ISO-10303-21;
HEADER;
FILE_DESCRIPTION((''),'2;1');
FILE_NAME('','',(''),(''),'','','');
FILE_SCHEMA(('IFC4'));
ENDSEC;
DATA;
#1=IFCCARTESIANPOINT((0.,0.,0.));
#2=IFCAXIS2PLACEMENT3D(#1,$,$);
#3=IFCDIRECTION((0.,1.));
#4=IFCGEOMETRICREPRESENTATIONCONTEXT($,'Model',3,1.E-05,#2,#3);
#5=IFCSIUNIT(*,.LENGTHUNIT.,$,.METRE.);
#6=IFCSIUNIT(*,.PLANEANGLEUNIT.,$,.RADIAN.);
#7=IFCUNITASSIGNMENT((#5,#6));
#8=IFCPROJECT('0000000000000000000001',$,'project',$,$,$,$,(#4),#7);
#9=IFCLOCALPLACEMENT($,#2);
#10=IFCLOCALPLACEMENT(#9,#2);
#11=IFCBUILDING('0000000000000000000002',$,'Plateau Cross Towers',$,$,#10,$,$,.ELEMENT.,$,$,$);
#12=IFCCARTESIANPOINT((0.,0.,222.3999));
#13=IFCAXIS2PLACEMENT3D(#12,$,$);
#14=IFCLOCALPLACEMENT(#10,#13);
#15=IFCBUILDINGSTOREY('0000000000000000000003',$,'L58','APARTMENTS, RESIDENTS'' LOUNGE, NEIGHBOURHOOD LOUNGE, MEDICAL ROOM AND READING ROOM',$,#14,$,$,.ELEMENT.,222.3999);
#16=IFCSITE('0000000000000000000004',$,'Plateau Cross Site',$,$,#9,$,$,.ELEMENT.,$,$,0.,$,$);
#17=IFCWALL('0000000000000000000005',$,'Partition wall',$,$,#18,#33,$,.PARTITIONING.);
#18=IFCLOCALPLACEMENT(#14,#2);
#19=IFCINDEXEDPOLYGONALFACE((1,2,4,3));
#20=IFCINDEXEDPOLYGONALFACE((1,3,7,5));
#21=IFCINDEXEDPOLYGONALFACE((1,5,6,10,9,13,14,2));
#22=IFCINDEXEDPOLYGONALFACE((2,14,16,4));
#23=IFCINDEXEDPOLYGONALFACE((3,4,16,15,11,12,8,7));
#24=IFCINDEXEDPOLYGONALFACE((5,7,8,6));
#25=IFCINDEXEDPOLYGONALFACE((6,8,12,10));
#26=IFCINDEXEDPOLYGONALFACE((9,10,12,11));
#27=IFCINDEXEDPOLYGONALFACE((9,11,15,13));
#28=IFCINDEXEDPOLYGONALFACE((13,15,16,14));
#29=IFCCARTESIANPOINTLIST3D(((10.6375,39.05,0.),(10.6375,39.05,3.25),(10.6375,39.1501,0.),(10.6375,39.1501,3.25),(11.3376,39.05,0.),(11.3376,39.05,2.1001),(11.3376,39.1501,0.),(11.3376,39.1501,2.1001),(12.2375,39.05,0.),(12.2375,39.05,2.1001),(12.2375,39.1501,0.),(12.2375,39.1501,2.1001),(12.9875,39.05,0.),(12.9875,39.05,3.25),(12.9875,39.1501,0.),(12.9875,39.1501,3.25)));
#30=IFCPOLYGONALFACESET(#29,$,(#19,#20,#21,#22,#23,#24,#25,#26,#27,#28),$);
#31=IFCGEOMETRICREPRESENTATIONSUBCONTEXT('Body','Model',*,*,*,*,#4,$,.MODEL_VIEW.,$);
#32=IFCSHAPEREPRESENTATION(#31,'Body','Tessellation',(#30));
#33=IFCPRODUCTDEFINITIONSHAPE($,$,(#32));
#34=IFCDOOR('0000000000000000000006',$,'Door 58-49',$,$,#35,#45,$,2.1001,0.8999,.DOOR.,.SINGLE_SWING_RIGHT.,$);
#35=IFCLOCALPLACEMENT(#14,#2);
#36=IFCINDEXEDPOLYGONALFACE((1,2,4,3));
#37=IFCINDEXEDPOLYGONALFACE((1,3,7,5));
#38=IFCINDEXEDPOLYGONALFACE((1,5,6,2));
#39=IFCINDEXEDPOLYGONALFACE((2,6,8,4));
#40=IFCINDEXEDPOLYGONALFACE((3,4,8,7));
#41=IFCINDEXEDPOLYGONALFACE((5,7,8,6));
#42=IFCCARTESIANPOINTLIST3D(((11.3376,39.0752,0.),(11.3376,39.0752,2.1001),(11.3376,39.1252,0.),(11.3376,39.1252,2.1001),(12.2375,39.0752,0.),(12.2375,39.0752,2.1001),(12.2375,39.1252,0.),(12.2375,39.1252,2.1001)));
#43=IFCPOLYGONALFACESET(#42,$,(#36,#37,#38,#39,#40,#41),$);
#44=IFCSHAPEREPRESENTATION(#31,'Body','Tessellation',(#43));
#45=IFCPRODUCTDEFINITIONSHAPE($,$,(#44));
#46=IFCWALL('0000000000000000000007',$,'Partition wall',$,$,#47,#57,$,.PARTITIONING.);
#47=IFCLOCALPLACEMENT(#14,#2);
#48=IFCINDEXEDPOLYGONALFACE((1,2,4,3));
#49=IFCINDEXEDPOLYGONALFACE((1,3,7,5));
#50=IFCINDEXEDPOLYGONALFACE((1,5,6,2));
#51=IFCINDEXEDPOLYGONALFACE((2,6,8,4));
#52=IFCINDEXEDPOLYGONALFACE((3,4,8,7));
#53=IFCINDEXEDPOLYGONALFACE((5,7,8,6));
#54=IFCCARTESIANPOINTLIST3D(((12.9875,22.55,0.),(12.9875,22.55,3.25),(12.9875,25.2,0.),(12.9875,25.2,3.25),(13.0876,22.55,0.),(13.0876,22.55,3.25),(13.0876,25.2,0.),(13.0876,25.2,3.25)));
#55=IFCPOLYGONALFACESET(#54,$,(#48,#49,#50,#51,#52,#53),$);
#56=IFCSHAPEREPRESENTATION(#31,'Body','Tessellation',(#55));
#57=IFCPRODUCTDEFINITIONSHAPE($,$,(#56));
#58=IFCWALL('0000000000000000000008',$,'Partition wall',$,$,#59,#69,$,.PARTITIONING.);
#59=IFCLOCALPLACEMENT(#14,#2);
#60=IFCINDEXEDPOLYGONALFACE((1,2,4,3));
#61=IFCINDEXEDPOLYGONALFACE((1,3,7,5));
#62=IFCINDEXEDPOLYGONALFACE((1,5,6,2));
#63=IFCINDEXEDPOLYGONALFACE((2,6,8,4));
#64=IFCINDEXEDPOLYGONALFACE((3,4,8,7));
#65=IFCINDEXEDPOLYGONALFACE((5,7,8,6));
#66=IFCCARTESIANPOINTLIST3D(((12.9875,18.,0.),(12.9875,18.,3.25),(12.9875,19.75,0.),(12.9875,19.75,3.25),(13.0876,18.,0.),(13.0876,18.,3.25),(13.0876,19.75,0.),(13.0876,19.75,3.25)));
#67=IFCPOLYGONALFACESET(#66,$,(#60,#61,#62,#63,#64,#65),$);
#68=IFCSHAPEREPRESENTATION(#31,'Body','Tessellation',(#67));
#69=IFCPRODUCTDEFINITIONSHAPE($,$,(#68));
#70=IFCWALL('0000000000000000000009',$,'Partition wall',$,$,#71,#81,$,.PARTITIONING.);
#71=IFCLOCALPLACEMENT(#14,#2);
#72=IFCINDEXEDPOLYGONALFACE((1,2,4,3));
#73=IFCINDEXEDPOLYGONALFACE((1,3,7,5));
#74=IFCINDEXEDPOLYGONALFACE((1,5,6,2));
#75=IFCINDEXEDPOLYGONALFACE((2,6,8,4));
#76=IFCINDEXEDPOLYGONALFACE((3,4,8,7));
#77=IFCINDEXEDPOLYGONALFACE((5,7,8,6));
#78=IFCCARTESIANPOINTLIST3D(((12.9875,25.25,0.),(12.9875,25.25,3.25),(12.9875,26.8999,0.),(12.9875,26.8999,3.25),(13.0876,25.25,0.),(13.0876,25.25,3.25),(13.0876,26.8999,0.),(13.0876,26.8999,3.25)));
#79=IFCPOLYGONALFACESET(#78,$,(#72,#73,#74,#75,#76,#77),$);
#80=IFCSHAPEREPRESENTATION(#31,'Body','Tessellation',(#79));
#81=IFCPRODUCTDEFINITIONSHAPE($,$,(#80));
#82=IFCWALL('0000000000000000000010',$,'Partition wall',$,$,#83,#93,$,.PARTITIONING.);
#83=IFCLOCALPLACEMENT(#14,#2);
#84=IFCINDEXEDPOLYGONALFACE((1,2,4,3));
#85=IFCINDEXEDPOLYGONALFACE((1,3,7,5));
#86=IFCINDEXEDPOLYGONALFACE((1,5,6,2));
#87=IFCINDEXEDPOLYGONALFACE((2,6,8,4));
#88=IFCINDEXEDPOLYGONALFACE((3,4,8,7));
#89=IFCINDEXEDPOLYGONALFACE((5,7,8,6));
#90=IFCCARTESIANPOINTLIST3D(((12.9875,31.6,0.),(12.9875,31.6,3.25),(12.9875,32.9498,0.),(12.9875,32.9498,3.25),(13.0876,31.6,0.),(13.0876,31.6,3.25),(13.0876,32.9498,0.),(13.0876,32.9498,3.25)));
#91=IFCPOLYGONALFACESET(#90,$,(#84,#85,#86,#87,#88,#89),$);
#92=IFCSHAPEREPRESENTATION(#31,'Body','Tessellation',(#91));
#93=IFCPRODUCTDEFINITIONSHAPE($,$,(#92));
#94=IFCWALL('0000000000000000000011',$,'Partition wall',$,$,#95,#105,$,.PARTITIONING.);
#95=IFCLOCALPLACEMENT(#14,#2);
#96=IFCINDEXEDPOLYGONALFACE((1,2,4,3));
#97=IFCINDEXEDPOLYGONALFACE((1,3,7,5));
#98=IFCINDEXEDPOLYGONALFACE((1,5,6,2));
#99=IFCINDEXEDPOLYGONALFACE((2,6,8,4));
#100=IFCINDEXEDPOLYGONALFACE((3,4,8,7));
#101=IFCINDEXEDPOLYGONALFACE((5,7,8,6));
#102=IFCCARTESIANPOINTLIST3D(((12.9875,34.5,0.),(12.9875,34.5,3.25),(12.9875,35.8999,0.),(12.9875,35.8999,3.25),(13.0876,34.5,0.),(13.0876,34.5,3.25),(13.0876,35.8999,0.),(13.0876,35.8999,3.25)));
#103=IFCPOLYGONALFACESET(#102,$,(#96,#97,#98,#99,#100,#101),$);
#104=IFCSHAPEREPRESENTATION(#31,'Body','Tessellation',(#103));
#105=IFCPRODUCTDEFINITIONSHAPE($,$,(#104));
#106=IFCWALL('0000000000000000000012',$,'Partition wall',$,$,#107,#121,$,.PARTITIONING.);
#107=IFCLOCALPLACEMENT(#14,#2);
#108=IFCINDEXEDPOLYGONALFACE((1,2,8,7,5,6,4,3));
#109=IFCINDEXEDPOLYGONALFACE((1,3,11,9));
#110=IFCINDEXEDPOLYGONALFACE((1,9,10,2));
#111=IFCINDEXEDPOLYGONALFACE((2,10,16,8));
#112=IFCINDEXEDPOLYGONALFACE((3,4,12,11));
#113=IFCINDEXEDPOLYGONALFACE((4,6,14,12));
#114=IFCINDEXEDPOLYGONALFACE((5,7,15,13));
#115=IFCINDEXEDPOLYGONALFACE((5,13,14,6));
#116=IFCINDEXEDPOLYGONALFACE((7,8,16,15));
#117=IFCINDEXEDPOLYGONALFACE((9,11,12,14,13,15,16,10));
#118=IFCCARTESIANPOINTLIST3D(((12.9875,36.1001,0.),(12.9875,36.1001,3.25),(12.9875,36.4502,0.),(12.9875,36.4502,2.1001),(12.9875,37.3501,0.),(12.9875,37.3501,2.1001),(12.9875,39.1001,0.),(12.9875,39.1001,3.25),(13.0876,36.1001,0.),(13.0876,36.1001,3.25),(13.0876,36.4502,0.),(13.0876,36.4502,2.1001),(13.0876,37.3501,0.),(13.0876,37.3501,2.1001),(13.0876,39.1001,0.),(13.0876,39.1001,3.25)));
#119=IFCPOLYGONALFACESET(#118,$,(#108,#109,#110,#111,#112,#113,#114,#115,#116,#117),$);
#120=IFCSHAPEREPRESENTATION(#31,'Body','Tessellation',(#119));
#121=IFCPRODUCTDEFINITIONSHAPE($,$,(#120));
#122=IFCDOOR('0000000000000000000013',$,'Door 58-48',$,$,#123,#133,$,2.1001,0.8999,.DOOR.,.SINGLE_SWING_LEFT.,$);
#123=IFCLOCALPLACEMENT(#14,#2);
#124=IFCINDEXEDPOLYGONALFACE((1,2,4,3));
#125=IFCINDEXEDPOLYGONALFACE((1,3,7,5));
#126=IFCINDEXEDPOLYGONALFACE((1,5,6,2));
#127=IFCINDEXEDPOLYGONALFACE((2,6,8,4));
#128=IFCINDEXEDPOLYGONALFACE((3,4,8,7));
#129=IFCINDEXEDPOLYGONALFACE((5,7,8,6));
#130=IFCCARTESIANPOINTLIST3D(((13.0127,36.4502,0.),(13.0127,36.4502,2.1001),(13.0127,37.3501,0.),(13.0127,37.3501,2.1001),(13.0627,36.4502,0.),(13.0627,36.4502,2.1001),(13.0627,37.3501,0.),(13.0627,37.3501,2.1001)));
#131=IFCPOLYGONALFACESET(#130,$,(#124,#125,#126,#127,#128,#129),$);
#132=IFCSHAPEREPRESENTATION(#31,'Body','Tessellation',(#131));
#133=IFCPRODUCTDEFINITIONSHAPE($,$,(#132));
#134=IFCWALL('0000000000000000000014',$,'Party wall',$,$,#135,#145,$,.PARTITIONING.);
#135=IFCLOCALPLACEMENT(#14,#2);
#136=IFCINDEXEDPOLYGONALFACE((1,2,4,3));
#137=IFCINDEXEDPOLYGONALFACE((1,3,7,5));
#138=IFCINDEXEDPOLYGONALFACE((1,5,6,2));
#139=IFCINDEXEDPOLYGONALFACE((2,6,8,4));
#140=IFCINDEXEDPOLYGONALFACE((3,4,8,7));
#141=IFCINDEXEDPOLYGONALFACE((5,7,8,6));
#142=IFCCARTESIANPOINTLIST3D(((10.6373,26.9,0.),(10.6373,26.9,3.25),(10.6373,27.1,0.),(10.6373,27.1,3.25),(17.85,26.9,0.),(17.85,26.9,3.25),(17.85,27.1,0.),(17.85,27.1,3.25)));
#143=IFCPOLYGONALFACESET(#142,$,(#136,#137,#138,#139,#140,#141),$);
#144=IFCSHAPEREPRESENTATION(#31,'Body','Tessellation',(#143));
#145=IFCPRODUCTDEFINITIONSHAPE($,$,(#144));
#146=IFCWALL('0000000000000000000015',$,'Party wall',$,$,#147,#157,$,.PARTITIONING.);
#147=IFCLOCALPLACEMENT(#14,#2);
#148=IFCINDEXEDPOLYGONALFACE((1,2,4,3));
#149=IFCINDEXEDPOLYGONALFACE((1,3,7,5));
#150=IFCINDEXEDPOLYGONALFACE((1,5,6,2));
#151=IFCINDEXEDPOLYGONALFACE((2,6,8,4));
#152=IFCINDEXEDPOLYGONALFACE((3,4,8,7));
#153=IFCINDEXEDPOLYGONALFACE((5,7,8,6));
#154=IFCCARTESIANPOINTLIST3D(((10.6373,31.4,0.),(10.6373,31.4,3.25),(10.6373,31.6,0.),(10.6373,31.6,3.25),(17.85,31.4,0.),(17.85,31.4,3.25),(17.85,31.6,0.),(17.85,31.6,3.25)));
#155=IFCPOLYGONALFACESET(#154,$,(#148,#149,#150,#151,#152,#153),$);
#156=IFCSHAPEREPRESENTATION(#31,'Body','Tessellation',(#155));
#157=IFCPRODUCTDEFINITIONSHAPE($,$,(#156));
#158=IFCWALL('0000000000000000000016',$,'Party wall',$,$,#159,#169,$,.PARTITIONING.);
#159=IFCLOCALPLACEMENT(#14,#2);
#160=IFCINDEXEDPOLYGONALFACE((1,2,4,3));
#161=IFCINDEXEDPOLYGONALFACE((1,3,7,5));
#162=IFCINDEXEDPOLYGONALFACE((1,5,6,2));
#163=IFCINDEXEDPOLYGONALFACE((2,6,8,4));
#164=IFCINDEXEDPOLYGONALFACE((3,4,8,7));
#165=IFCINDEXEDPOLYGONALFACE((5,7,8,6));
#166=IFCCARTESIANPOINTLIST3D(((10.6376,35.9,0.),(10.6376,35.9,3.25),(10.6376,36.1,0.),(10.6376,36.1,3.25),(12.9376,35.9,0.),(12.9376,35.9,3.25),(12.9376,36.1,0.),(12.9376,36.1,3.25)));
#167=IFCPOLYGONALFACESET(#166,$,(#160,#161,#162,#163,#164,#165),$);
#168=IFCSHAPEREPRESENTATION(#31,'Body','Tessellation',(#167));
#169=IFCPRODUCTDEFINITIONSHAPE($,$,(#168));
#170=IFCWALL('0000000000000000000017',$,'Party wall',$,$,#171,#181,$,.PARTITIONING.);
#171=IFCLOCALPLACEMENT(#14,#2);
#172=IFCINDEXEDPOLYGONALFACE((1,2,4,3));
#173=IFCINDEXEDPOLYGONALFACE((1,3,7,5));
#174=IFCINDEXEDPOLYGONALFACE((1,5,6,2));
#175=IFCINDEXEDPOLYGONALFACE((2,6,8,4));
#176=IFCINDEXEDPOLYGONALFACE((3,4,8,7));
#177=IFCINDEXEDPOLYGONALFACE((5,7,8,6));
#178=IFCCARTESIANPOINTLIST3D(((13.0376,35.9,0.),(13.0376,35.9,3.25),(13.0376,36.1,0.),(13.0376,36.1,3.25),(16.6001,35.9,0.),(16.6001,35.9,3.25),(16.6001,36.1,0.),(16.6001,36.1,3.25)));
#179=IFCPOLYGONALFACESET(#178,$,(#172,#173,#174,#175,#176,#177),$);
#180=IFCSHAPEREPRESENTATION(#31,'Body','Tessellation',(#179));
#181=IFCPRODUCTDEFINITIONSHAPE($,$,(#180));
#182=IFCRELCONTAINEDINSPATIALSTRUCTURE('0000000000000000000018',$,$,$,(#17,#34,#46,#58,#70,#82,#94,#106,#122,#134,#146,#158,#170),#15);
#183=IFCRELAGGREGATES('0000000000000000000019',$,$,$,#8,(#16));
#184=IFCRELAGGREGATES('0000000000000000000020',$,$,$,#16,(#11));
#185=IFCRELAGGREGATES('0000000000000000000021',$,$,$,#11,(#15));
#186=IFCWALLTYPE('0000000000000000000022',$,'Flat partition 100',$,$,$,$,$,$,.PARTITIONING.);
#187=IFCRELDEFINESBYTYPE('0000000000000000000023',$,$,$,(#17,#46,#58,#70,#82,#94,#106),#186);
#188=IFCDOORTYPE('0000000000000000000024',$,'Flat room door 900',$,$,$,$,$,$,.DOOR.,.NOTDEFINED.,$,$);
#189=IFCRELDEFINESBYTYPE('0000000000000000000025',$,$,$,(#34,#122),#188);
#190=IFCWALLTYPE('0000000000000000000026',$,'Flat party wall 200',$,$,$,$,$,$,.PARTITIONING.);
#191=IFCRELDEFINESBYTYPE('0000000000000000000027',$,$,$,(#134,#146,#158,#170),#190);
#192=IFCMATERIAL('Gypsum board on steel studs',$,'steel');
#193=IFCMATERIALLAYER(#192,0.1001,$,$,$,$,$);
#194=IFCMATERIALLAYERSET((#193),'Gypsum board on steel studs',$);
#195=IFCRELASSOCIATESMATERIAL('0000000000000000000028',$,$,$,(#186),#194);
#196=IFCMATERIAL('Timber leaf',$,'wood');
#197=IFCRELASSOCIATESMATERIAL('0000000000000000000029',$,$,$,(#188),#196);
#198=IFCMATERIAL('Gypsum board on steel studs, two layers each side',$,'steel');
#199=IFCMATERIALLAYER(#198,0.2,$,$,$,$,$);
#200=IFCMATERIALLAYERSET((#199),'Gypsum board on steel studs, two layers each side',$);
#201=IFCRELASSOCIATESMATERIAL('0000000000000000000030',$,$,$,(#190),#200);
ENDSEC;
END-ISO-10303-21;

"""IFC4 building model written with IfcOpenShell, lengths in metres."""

from ifc_helpers import new_model, si_unit, direction, frame, frame_2d, origin, place, context, subcontext, project, spatial, rectangle, extrude, material, layer, layer_set, type_object, element, fill, save


model = new_model("IFC4")

# Units and contexts
model_context = context("Model", 3, precision=1e-05, world=origin(), true_north=direction((0.0, 1.0)))
body_context = subcontext(model_context, "Body", "Model", "MODEL_VIEW")
ifc_project = project(units=[si_unit("LENGTHUNIT", "METRE"), si_unit("PLANEANGLEUNIT", "RADIAN")], contexts=[model_context])

# Site, building, storey
site_placement = place(None, origin())
site = spatial("IfcSite", under=ifc_project, at=site_placement, Name="Plateau Cross Site", CompositionType="ELEMENT", RefElevation=0.0)
building_placement = place(site_placement, origin())
building = spatial("IfcBuilding", under=site, at=building_placement, Name="Plateau Cross Towers", CompositionType="ELEMENT")
storey_placement = place(building_placement, frame((0.0, 0.0, 222.3999)))
storey = spatial("IfcBuildingStorey", under=building, at=storey_placement, Name="L58", Description="APARTMENTS, RESIDENTS' LOUNGE, NEIGHBOURHOOD LOUNGE, MEDICAL ROOM AND READING ROOM", CompositionType="ELEMENT", Elevation=222.3999)

# Shared definitions
ifc_material_1 = material(Name="Gypsum board on steel studs", Category="steel")
ifc_layer_1 = layer(ifc_material_1, 0.1001)
ifc_layer_set_1 = layer_set([ifc_layer_1], Name="Gypsum board on steel studs")
wall_type_1 = type_object("IfcWallType", Name="Flat partition 100", PredefinedType="PARTITIONING", material=ifc_layer_set_1)
ifc_material_2 = material(Name="Timber leaf", Category="wood")
door_type_1 = type_object("IfcDoorType", Name="Flat room door 900", OperationType="NOTDEFINED", PredefinedType="DOOR", material=ifc_material_2)

# Wall, opening, door
wall_1_placement = place(storey_placement, frame((12.9875, 39.1001, 0.0), z_axis=(0.0, 0.0, 1.0), x_axis=(-1.0, 0.0, 0.0)))
wall_1 = element("IfcWall", 1, at=wall_1_placement, inside=storey, type_object=wall_type_1, Name="Partition wall", PredefinedType="PARTITIONING", context=body_context, shape_type="SweptSolid", body=[
    extrude(rectangle(XDim=2.3501, YDim=0.1001, at=frame_2d((1.175, 0.0))), origin(), (0.0, 0.0, 1.0), 3.25),
])
opening_1_placement = place(wall_1_placement, frame((0.75, 0.0, 0.0)))
opening_1 = element("IfcOpeningElement", 2, at=opening_1_placement, cuts=wall_1, PredefinedType="OPENING", context=body_context, shape_type="SweptSolid", body=[
    extrude(rectangle(XDim=0.8999, YDim=2.1001, at=frame_2d((0.45, 1.05))), frame((0.0, 0.0601, 0.0), z_axis=(0.0, -1.0, 0.0), x_axis=(1.0, 0.0, 0.0)), (0.0, 0.0, 1.0), 0.1201),
])
door_1_placement = place(opening_1_placement, origin())
door_1 = element("IfcDoor", 3, at=door_1_placement, inside=storey, type_object=door_type_1, Name="Door 58-49", OperationType="SINGLE_SWING_RIGHT", OverallHeight=2.1001, OverallWidth=0.8999, PredefinedType="DOOR", context=body_context, shape_type="SweptSolid", body=[
    extrude(rectangle(XDim=0.8999, YDim=2.1001, at=frame_2d((0.45, 1.05))), frame((0.0, 0.0249, 0.0), z_axis=(0.0, -1.0, 0.0), x_axis=(1.0, 0.0, 0.0)), (0.0, 0.0, 1.0), 0.05),
])
fill(opening_1, door_1)

# Walls
wall_2_placement = place(storey_placement, frame((13.0376, 25.2, 0.0), z_axis=(0.0, 0.0, 1.0), x_axis=(0.0, -1.0, 0.0)))
element("IfcWall", 4, at=wall_2_placement, inside=storey, type_object=wall_type_1, Name="Partition wall", PredefinedType="PARTITIONING", context=body_context, shape_type="SweptSolid", body=[
    extrude(rectangle(XDim=2.6499, YDim=0.1001, at=frame_2d((1.325, 0.0))), origin(), (0.0, 0.0, 1.0), 3.25),
])
wall_3_placement = place(storey_placement, frame((13.0376, 18.0, 0.0), z_axis=(0.0, 0.0, 1.0), x_axis=(0.0, 1.0, 0.0)))
element("IfcWall", 5, at=wall_3_placement, inside=storey, type_object=wall_type_1, Name="Partition wall", PredefinedType="PARTITIONING", context=body_context, shape_type="SweptSolid", body=[
    extrude(rectangle(XDim=1.75, YDim=0.1001, at=frame_2d((0.875, 0.0))), origin(), (0.0, 0.0, 1.0), 3.25),
])
wall_4_placement = place(storey_placement, frame((13.0376, 25.25, 0.0), z_axis=(0.0, 0.0, 1.0), x_axis=(0.0, 1.0, 0.0)))
element("IfcWall", 6, at=wall_4_placement, inside=storey, type_object=wall_type_1, Name="Partition wall", PredefinedType="PARTITIONING", context=body_context, shape_type="SweptSolid", body=[
    extrude(rectangle(XDim=1.6499, YDim=0.1001, at=frame_2d((0.825, 0.0))), origin(), (0.0, 0.0, 1.0), 3.25),
])
wall_5_placement = place(storey_placement, frame((13.0376, 31.6001, 0.0), z_axis=(0.0, 0.0, 1.0), x_axis=(0.0, 1.0, 0.0)))
element("IfcWall", 7, at=wall_5_placement, inside=storey, type_object=wall_type_1, Name="Partition wall", PredefinedType="PARTITIONING", context=body_context, shape_type="SweptSolid", body=[
    extrude(rectangle(XDim=1.3499, YDim=0.1001, at=frame_2d((0.6748, 0.0))), origin(), (0.0, 0.0, 1.0), 3.25),
])
wall_6_placement = place(storey_placement, frame((13.0376, 34.5, 0.0), z_axis=(0.0, 0.0, 1.0), x_axis=(0.0, 1.0, 0.0)))
element("IfcWall", 8, at=wall_6_placement, inside=storey, type_object=wall_type_1, Name="Partition wall", PredefinedType="PARTITIONING", context=body_context, shape_type="SweptSolid", body=[
    extrude(rectangle(XDim=1.3999, YDim=0.1001, at=frame_2d((0.7, 0.0))), origin(), (0.0, 0.0, 1.0), 3.25),
])

# Wall, opening, door
wall_7_placement = place(storey_placement, frame((13.0376, 36.1001, 0.0), z_axis=(0.0, 0.0, 1.0), x_axis=(0.0, 1.0, 0.0)))
wall_7 = element("IfcWall", 9, at=wall_7_placement, inside=storey, type_object=wall_type_1, Name="Partition wall", PredefinedType="PARTITIONING", context=body_context, shape_type="SweptSolid", body=[
    extrude(rectangle(XDim=3.0, YDim=0.1001, at=frame_2d((1.5, 0.0))), origin(), (0.0, 0.0, 1.0), 3.25),
])
opening_2_placement = place(wall_7_placement, frame((0.3501, 0.0, 0.0)))
opening_2 = element("IfcOpeningElement", 10, at=opening_2_placement, cuts=wall_7, PredefinedType="OPENING", context=body_context, shape_type="SweptSolid", body=[
    extrude(rectangle(XDim=0.8999, YDim=2.1001, at=frame_2d((0.45, 1.05))), frame((0.0, 0.0601, 0.0), z_axis=(0.0, -1.0, 0.0), x_axis=(1.0, 0.0, 0.0)), (0.0, 0.0, 1.0), 0.1201),
])
door_2_placement = place(opening_2_placement, origin())
door_2 = element("IfcDoor", 11, at=door_2_placement, inside=storey, type_object=door_type_1, Name="Door 58-48", OperationType="SINGLE_SWING_LEFT", OverallHeight=2.1001, OverallWidth=0.8999, PredefinedType="DOOR", context=body_context, shape_type="SweptSolid", body=[
    extrude(rectangle(XDim=0.8999, YDim=2.1001, at=frame_2d((0.45, 1.05))), frame((0.0, 0.0249, 0.0), z_axis=(0.0, -1.0, 0.0), x_axis=(1.0, 0.0, 0.0)), (0.0, 0.0, 1.0), 0.05),
])
fill(opening_2, door_2)

# Walls
ifc_material_3 = material(Name="Gypsum board on steel studs, two layers each side", Category="steel")
ifc_layer_2 = layer(ifc_material_3, 0.2)
ifc_layer_set_2 = layer_set([ifc_layer_2], Name="Gypsum board on steel studs, two layers each side")
wall_type_2 = type_object("IfcWallType", Name="Flat party wall 200", PredefinedType="PARTITIONING", material=ifc_layer_set_2)
for number, where, z_axis, x_axis, name in (
    (12, (17.8501, 27.0, 0.0), (0.0, 0.0, 1.0), (-1.0, 0.0, 0.0), "Party wall"),
    (13, (17.8501, 31.5, 0.0), (0.0, 0.0, 1.0), (-1.0, 0.0, 0.0), "Party wall"),
):
    element("IfcWall", number, at=place(storey_placement, frame(where, z_axis=z_axis, x_axis=x_axis)), inside=storey, type_object=wall_type_2, Name=name, PredefinedType="PARTITIONING", context=body_context, shape_type="SweptSolid", body=[
        extrude(rectangle(XDim=7.2126, YDim=0.2, at=frame_2d((3.6064, 0.0))), origin(), (0.0, 0.0, 1.0), 3.25),
    ])
wall_8_placement = place(storey_placement, frame((12.9375, 36.0, 0.0), z_axis=(0.0, 0.0, 1.0), x_axis=(-1.0, 0.0, 0.0)))
element("IfcWall", 14, at=wall_8_placement, inside=storey, type_object=wall_type_2, Name="Party wall", PredefinedType="PARTITIONING", context=body_context, shape_type="SweptSolid", body=[
    extrude(rectangle(XDim=2.3, YDim=0.2, at=frame_2d((1.1499, 0.0))), origin(), (0.0, 0.0, 1.0), 3.25),
])
wall_9_placement = place(storey_placement, frame((13.0376, 36.0, 0.0), z_axis=(0.0, 0.0, 1.0), x_axis=(1.0, 0.0, 0.0)))
element("IfcWall", 15, at=wall_9_placement, inside=storey, type_object=wall_type_2, Name="Party wall", PredefinedType="PARTITIONING", context=body_context, shape_type="SweptSolid", body=[
    extrude(rectangle(XDim=3.5625, YDim=0.2, at=frame_2d((1.7812, 0.0))), origin(), (0.0, 0.0, 1.0), 3.25),
])

save(model, "model.ifc")
